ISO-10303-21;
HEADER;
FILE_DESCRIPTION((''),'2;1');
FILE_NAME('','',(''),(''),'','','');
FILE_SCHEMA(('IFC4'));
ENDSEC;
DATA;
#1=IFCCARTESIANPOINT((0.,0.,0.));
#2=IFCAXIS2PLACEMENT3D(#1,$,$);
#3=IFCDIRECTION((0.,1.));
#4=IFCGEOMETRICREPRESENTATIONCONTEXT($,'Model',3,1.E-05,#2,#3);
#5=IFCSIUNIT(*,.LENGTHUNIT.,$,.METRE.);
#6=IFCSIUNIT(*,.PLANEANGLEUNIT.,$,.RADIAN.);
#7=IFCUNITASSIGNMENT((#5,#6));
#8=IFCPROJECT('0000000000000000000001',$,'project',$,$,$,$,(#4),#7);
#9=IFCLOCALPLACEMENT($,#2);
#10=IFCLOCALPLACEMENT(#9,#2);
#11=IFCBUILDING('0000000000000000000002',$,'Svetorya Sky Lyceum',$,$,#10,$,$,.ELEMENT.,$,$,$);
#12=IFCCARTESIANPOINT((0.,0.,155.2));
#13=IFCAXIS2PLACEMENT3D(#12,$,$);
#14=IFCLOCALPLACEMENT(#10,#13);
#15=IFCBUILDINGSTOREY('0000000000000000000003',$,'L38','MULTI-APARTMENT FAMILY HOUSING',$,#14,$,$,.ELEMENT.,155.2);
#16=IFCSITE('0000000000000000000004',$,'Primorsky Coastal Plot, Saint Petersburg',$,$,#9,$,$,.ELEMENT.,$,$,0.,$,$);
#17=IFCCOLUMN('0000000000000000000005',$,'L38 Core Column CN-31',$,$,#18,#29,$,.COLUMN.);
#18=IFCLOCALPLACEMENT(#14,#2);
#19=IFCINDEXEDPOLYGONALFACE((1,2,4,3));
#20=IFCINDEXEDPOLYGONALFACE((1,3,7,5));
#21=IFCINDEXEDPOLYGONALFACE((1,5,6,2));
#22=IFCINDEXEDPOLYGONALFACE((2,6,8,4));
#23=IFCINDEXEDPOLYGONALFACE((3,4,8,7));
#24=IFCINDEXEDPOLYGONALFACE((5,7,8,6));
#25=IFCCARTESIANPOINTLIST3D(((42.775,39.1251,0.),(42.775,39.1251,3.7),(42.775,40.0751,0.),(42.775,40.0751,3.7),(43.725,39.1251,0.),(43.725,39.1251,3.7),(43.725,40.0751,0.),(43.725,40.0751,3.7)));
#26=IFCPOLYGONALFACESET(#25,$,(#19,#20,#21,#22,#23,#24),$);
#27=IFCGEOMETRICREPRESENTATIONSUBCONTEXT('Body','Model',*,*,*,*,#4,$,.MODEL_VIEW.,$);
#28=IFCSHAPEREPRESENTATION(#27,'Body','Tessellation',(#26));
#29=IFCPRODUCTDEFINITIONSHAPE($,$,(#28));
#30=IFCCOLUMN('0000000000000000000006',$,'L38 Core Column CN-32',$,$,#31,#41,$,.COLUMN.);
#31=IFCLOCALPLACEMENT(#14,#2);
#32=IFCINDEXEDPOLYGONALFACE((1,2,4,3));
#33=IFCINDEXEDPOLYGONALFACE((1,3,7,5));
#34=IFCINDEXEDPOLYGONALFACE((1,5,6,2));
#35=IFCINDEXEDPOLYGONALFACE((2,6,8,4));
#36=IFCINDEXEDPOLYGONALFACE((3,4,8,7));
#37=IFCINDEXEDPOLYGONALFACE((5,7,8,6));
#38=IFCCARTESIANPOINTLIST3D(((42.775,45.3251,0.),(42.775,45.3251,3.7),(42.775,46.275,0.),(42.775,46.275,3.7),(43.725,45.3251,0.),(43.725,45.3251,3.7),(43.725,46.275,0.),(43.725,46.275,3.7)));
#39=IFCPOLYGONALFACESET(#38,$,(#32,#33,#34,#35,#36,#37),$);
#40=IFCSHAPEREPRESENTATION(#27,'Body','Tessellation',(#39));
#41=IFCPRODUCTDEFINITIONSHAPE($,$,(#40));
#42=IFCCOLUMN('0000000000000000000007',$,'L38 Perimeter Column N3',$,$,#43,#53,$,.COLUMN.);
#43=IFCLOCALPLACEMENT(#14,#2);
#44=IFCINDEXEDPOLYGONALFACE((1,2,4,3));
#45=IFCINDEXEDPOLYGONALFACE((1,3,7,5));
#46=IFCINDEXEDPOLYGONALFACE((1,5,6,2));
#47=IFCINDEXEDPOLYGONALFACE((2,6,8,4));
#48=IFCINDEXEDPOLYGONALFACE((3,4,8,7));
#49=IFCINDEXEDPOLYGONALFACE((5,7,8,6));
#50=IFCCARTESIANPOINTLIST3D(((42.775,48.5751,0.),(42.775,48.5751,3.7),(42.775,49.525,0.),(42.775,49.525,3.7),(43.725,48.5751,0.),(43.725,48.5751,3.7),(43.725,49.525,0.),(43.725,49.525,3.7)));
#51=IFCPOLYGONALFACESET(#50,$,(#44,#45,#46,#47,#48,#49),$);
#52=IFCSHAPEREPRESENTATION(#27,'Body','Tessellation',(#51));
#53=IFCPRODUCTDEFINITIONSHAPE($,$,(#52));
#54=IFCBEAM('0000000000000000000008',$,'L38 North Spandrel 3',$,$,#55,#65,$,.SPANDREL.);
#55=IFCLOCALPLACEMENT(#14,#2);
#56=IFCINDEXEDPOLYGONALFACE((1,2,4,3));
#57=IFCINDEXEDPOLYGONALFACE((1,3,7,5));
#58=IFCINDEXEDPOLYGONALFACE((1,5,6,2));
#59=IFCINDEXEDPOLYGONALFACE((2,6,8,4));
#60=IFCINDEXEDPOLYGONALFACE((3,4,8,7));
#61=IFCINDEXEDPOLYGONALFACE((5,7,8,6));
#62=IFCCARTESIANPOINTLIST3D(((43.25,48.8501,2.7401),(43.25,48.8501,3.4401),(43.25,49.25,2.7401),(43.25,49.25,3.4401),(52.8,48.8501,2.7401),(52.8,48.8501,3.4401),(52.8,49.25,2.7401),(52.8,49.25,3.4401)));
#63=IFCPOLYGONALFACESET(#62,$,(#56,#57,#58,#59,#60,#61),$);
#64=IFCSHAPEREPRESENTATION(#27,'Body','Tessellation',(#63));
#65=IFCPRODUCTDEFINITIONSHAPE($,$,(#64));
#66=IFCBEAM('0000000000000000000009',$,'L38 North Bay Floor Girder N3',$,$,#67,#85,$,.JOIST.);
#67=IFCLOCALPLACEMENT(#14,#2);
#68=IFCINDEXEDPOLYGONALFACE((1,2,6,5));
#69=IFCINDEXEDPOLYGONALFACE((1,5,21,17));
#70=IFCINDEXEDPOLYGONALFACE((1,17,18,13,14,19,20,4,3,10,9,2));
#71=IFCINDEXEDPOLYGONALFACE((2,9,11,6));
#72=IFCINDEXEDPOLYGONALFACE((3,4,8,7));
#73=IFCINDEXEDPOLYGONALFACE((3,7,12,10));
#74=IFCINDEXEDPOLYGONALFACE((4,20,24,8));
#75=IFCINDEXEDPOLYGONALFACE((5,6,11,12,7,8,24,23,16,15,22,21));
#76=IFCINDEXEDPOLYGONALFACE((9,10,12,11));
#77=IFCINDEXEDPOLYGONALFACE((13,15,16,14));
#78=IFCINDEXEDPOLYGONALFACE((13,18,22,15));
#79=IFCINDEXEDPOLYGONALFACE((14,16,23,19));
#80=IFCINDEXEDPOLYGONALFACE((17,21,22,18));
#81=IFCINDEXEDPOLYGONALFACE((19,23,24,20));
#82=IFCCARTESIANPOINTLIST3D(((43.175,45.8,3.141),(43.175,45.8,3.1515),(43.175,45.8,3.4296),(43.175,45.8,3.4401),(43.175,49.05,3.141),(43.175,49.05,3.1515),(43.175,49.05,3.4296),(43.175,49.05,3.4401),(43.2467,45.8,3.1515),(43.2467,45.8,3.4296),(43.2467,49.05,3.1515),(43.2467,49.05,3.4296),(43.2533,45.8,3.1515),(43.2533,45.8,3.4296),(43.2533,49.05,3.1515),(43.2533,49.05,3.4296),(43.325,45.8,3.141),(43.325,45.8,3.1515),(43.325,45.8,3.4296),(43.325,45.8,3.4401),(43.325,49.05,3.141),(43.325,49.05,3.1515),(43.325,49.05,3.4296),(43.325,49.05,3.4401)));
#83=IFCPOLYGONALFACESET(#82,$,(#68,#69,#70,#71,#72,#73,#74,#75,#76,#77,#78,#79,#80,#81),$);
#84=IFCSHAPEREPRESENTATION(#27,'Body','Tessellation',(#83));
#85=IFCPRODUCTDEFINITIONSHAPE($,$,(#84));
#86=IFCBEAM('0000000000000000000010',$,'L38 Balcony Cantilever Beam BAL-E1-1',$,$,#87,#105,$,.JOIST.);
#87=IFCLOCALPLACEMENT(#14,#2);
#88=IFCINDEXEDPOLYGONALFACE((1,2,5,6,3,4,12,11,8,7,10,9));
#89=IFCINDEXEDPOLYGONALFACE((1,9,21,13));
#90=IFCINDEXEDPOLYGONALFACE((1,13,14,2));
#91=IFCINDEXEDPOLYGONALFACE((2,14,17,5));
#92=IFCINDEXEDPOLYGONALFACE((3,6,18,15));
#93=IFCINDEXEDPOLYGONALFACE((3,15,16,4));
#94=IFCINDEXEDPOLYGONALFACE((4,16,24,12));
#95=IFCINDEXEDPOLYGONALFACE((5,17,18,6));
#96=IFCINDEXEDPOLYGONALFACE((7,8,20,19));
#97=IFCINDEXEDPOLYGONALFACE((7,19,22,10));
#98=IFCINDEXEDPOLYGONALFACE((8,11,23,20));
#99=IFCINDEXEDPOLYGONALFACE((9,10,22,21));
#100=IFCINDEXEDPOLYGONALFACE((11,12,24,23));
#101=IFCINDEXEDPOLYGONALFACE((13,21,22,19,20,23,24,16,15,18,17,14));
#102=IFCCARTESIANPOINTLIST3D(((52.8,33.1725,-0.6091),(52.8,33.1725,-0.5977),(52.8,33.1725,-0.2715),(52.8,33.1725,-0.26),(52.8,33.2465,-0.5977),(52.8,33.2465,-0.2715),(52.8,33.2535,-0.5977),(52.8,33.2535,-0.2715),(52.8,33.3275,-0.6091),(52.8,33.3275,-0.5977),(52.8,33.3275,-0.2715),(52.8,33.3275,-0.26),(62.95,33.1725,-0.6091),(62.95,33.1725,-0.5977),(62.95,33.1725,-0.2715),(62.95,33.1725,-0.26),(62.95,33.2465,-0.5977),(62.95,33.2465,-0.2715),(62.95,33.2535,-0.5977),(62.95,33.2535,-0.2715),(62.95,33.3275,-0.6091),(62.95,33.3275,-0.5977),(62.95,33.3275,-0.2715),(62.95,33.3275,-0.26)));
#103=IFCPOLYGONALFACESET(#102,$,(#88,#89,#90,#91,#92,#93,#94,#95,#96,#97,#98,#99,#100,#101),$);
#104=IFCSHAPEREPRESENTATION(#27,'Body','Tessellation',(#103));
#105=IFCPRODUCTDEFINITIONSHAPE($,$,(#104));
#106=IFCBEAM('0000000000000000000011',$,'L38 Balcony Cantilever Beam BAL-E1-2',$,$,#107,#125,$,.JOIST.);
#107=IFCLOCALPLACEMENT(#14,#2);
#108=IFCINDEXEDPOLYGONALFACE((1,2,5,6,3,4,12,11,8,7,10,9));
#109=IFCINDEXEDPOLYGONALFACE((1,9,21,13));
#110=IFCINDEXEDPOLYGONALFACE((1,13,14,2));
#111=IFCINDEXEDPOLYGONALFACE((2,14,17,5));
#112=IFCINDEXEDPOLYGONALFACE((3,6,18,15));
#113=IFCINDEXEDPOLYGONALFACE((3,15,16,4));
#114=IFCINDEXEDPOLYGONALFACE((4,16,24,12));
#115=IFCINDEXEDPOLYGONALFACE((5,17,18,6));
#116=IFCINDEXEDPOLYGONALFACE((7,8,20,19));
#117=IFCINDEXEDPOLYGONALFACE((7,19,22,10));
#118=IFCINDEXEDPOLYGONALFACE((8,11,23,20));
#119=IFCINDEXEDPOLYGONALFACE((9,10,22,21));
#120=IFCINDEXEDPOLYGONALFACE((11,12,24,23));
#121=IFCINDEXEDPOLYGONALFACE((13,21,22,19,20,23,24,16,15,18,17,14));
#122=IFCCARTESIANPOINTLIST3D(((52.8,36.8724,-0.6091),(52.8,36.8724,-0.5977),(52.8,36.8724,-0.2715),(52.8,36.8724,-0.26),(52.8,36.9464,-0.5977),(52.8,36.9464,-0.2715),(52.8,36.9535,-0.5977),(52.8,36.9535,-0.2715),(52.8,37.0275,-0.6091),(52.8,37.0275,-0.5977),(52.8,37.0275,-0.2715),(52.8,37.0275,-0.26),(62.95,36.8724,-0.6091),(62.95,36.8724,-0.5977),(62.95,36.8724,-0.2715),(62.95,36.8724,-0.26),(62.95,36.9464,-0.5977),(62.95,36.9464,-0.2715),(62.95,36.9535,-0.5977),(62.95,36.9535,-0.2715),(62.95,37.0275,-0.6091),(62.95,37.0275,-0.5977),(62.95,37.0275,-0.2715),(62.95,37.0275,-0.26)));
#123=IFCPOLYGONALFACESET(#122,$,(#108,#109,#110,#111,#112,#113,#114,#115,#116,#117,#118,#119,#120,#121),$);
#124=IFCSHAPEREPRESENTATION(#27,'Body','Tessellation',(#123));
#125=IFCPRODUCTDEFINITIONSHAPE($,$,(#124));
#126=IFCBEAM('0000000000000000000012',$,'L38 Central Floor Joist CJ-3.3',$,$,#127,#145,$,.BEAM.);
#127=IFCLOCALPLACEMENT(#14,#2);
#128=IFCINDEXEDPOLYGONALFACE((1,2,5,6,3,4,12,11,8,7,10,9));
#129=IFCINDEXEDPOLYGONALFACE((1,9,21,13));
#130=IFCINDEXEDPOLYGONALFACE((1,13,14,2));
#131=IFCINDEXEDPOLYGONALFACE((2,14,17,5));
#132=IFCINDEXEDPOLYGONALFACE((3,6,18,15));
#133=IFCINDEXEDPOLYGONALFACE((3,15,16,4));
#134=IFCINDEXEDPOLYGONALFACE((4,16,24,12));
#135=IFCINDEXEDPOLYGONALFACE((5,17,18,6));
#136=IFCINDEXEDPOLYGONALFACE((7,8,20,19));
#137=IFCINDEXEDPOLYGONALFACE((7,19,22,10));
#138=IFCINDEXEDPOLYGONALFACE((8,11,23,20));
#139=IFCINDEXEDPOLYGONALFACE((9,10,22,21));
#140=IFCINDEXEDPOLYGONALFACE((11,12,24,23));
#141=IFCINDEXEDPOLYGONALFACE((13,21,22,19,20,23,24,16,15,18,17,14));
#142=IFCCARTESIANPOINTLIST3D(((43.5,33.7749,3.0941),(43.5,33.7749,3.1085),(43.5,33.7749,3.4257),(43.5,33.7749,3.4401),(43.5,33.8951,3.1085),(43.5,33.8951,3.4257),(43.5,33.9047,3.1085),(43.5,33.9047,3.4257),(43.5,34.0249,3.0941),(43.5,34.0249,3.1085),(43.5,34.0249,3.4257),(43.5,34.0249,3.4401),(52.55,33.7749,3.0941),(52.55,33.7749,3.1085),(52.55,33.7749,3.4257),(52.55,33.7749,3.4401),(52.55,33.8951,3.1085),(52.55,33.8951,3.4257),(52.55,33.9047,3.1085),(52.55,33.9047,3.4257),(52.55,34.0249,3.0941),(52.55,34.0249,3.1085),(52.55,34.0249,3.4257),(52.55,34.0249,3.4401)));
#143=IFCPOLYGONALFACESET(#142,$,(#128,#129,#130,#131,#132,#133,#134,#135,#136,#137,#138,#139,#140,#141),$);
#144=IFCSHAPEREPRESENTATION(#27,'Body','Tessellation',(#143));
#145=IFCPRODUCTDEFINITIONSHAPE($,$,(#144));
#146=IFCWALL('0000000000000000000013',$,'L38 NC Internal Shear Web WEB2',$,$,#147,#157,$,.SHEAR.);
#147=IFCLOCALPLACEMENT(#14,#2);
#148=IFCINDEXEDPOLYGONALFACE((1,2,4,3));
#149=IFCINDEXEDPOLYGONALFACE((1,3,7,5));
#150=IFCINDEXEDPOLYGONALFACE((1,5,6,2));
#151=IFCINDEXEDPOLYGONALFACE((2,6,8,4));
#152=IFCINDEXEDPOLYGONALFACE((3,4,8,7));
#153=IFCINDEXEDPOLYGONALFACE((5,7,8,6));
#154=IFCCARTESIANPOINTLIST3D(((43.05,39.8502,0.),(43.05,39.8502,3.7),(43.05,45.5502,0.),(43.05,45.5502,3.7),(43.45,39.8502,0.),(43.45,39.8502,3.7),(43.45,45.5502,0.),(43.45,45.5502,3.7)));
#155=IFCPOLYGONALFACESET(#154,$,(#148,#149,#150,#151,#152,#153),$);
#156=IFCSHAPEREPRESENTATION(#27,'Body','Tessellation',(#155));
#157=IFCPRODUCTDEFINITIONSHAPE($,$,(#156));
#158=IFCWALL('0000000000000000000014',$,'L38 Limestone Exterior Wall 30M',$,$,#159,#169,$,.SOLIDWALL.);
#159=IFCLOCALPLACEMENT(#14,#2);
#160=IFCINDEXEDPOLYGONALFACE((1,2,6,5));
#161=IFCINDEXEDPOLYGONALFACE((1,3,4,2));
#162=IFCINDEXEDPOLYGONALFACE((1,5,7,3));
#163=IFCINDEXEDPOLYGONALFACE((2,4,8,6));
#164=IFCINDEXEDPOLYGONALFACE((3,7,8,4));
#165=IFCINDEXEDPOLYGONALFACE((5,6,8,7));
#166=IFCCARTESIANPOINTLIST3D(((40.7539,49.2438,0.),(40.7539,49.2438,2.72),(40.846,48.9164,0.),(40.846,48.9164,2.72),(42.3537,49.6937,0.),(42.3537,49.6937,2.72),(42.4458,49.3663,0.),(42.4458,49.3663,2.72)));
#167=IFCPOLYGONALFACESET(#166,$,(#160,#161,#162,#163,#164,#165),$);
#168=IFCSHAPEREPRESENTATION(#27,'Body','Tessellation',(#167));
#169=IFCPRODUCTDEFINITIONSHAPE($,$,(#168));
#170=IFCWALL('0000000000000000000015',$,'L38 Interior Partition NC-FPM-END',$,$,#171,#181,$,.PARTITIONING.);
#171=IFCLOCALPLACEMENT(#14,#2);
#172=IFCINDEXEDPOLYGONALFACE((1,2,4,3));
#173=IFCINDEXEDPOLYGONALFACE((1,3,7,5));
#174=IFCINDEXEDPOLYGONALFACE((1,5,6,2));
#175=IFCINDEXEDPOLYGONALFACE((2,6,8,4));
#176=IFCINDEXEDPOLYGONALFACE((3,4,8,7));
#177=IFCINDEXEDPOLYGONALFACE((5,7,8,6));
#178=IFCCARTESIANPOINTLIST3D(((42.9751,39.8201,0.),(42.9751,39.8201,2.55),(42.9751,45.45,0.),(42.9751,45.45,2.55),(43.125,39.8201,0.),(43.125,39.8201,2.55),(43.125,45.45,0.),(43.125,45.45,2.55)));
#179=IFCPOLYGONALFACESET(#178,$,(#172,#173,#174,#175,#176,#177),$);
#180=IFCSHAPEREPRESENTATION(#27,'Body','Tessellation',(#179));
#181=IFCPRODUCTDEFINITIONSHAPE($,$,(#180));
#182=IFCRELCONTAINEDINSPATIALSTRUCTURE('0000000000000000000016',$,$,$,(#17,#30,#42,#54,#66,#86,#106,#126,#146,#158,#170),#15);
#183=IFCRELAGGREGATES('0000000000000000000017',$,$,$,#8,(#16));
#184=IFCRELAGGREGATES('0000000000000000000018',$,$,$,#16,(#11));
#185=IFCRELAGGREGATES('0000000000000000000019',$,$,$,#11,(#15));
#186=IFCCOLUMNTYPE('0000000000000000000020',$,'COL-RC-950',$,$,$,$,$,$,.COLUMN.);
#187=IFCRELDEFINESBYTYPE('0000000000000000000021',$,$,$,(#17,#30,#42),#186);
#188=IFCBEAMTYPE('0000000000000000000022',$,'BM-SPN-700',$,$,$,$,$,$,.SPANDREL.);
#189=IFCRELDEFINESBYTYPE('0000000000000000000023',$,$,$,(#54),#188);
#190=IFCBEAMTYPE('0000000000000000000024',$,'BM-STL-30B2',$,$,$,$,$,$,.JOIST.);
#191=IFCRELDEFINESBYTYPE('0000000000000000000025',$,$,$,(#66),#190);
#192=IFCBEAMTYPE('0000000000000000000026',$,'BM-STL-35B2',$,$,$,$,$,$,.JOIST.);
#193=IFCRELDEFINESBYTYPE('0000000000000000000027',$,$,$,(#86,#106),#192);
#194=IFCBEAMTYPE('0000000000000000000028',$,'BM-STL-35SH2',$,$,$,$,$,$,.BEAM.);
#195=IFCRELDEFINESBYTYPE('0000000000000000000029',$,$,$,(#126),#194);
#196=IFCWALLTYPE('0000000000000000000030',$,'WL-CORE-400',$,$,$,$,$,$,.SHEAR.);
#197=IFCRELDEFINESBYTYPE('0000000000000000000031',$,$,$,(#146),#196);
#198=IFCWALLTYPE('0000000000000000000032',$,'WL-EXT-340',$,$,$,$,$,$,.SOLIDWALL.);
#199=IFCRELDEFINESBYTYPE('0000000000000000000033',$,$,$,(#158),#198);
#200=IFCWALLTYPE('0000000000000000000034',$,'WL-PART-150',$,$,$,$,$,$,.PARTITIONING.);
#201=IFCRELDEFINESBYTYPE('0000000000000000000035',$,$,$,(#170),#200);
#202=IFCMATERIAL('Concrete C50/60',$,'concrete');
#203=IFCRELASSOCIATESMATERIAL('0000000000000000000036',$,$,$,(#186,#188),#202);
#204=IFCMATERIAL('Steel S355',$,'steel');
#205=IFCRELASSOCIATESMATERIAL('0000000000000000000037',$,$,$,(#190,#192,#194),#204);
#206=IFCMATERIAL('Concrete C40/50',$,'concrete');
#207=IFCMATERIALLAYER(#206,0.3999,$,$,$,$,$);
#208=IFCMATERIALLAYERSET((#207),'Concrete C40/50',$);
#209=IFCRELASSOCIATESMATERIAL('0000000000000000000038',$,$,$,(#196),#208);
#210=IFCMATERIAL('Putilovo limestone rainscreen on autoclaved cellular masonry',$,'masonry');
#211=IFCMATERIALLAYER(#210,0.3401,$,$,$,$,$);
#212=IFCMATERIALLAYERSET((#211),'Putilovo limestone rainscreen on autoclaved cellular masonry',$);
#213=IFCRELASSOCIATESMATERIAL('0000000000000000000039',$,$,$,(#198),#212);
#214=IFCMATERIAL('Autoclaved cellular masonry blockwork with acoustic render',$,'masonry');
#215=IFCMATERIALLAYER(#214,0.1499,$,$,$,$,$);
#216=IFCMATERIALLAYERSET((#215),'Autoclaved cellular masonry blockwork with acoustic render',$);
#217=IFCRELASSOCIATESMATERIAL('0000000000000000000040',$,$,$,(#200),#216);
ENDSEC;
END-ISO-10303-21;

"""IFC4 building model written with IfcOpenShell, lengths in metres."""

from ifc_helpers import new_model, si_unit, direction, frame, frame_2d, origin, origin_2d, place, context, subcontext, project, spatial, rectangle, i_section, extrude, material, layer, layer_set, material_profile, profile_set, type_object, element, save


model = new_model("IFC4")

# Units and contexts
model_context = context("Model", 3, precision=1e-05, world=origin(), true_north=direction((0.0, 1.0)))
body_context = subcontext(model_context, "Body", "Model", "MODEL_VIEW")
ifc_project = project(units=[si_unit("LENGTHUNIT", "METRE"), si_unit("PLANEANGLEUNIT", "RADIAN")], contexts=[model_context])

# Site, building, storey
site_placement = place(None, origin())
site = spatial("IfcSite", under=ifc_project, at=site_placement, Name="Primorsky Coastal Plot, Saint Petersburg", CompositionType="ELEMENT", RefElevation=0.0)
building_placement = place(site_placement, origin())
building = spatial("IfcBuilding", under=site, at=building_placement, Name="Svetorya Sky Lyceum", CompositionType="ELEMENT")
storey_placement = place(building_placement, frame((0.0, 0.0, 155.2)))
storey = spatial("IfcBuildingStorey", under=building, at=storey_placement, Name="L38", Description="MULTI-APARTMENT FAMILY HOUSING", CompositionType="ELEMENT", Elevation=155.2)

# Columns
ifc_material_1 = material(Name="Concrete C50/60", Category="concrete")
ifc_material_profile_1 = material_profile(ifc_material_1, rectangle(XDim=0.95, YDim=0.95, at=origin_2d()), Name="RC COL 950x950")
ifc_profile_set_1 = profile_set([ifc_material_profile_1], Name="Concrete C50/60")
column_type = type_object("IfcColumnType", Name="COL-RC-950", PredefinedType="COLUMN", material=ifc_profile_set_1)
for number, where, z_axis, x_axis, name in (
    (1, (43.25, 39.6001, 0.0), (0.0, 0.0, 1.0), (1.0, 0.0, 0.0), "L38 Core Column CN-31"),
    (2, (43.25, 45.8, 0.0), (0.0, 0.0, 1.0), (1.0, 0.0, 0.0), "L38 Core Column CN-32"),
    (3, (43.25, 49.05, 0.0), (0.0, 0.0, 1.0), (1.0, 0.0, 0.0), "L38 Perimeter Column N3"),
):
    element("IfcColumn", number, at=place(storey_placement, frame(where, z_axis=z_axis, x_axis=x_axis)), inside=storey, type_object=column_type, Name=name, PredefinedType="COLUMN", context=body_context, shape_type="SweptSolid", body=[
        extrude(rectangle(XDim=0.95, YDim=0.95, at=origin_2d()), origin(), (0.0, 0.0, 1.0), 3.7),
    ])

# Beams
ifc_material_profile_2 = material_profile(ifc_material_1, rectangle(XDim=0.3999, YDim=0.7, at=origin_2d()), Name="RC SPANDREL 400x700")
ifc_profile_set_2 = profile_set([ifc_material_profile_2], Name="Concrete C50/60")
beam_type_1 = type_object("IfcBeamType", Name="BM-SPN-700", PredefinedType="SPANDREL", material=ifc_profile_set_2)
beam_1_placement = place(storey_placement, frame((43.25, 49.05, 3.0901), z_axis=(1.0, 0.0, 0.0), x_axis=(0.0, 1.0, 0.0)))
element("IfcBeam", 4, at=beam_1_placement, inside=storey, type_object=beam_type_1, Name="L38 North Spandrel 3", PredefinedType="SPANDREL", context=body_context, shape_type="SweptSolid", body=[
    extrude(rectangle(XDim=0.3999, YDim=0.7, at=origin_2d()), origin(), (0.0, 0.0, 1.0), 9.55),
])
ifc_material_2 = material(Name="Steel S355", Category="steel")
ifc_material_profile_3 = material_profile(ifc_material_2, i_section(OverallWidth=0.1499, OverallDepth=0.2991, WebThickness=0.0066, FlangeThickness=0.0105, at=origin_2d()), Name="GOST 30B2")
ifc_profile_set_3 = profile_set([ifc_material_profile_3], Name="Steel S355")
beam_type_2 = type_object("IfcBeamType", Name="BM-STL-30B2", PredefinedType="JOIST", material=ifc_profile_set_3)
beam_2_placement = place(storey_placement, frame((43.25, 45.8, 3.2905), z_axis=(0.0, 1.0, 0.0), x_axis=(-1.0, 0.0, 0.0)))
element("IfcBeam", 5, at=beam_2_placement, inside=storey, type_object=beam_type_2, Name="L38 North Bay Floor Girder N3", PredefinedType="JOIST", context=body_context, shape_type="SweptSolid", body=[
    extrude(i_section(OverallWidth=0.1499, OverallDepth=0.2991, WebThickness=0.0066, FlangeThickness=0.0105, at=origin_2d()), origin(), (0.0, 0.0, 1.0), 3.25),
])
ifc_material_profile_4 = material_profile(ifc_material_2, i_section(OverallWidth=0.155, OverallDepth=0.3491, WebThickness=0.0071, FlangeThickness=0.0115, at=origin_2d()), Name="GOST 35B2")
ifc_profile_set_4 = profile_set([ifc_material_profile_4], Name="Steel S355")
beam_type_3 = type_object("IfcBeamType", Name="BM-STL-35B2", PredefinedType="JOIST", material=ifc_profile_set_4)
for number, where, z_axis, x_axis, name in (
    (6, (52.8, 33.25, -0.4346), (1.0, 0.0, 0.0), (0.0, 1.0, 0.0), "L38 Balcony Cantilever Beam BAL-E1-1"),
    (7, (52.8, 36.95, -0.4346), (1.0, 0.0, 0.0), (0.0, 1.0, 0.0), "L38 Balcony Cantilever Beam BAL-E1-2"),
):
    element("IfcBeam", number, at=place(storey_placement, frame(where, z_axis=z_axis, x_axis=x_axis)), inside=storey, type_object=beam_type_3, Name=name, PredefinedType="JOIST", context=body_context, shape_type="SweptSolid", body=[
        extrude(i_section(OverallWidth=0.155, OverallDepth=0.3491, WebThickness=0.0071, FlangeThickness=0.0115, at=origin_2d()), origin(), (0.0, 0.0, 1.0), 10.1499),
    ])
ifc_material_profile_5 = material_profile(ifc_material_2, i_section(OverallWidth=0.25, OverallDepth=0.3459, WebThickness=0.0095, FlangeThickness=0.0144, at=origin_2d()), Name="GOST 35Sh2")
ifc_profile_set_5 = profile_set([ifc_material_profile_5], Name="Steel S355")
beam_type_4 = type_object("IfcBeamType", Name="BM-STL-35SH2", PredefinedType="BEAM", material=ifc_profile_set_5)
beam_3_placement = place(storey_placement, frame((43.5, 33.8999, 3.2671), z_axis=(1.0, 0.0, 0.0), x_axis=(0.0, 1.0, 0.0)))
element("IfcBeam", 8, at=beam_3_placement, inside=storey, type_object=beam_type_4, Name="L38 Central Floor Joist CJ-3.3", PredefinedType="BEAM", context=body_context, shape_type="SweptSolid", body=[
    extrude(i_section(OverallWidth=0.25, OverallDepth=0.3459, WebThickness=0.0095, FlangeThickness=0.0144, at=origin_2d()), origin(), (0.0, 0.0, 1.0), 9.05),
])

# Walls
ifc_material_3 = material(Name="Concrete C40/50", Category="concrete")
ifc_layer_1 = layer(ifc_material_3, 0.3999)
ifc_layer_set_1 = layer_set([ifc_layer_1], Name="Concrete C40/50")
wall_type_1 = type_object("IfcWallType", Name="WL-CORE-400", PredefinedType="SHEAR", material=ifc_layer_set_1)
wall_1_placement = place(storey_placement, frame((43.25, 39.8501, 0.0), z_axis=(0.0, 0.0, 1.0), x_axis=(0.0, 1.0, 0.0)))
element("IfcWall", 9, at=wall_1_placement, inside=storey, type_object=wall_type_1, Name="L38 NC Internal Shear Web WEB2", PredefinedType="SHEAR", context=body_context, shape_type="SweptSolid", body=[
    extrude(rectangle(XDim=5.7, YDim=0.3999, at=frame_2d((2.8501, 0.0))), origin(), (0.0, 0.0, 1.0), 3.7),
])
ifc_material_4 = material(Name="Putilovo limestone rainscreen on autoclaved cellular masonry", Category="masonry")
ifc_layer_2 = layer(ifc_material_4, 0.3401)
ifc_layer_set_2 = layer_set([ifc_layer_2], Name="Putilovo limestone rainscreen on autoclaved cellular masonry")
wall_type_2 = type_object("IfcWallType", Name="WL-EXT-340", PredefinedType="SOLIDWALL", material=ifc_layer_set_2)
wall_2_placement = place(storey_placement, frame((42.3999, 49.53, 0.0), z_axis=(0.0, 0.0, 1.0), x_axis=(-0.962652, -0.270741, 0.0)))
element("IfcWall", 10, at=wall_2_placement, inside=storey, type_object=wall_type_2, Name="L38 Limestone Exterior Wall 30M", PredefinedType="SOLIDWALL", context=body_context, shape_type="SweptSolid", body=[
    extrude(rectangle(XDim=1.6619, YDim=0.3401, at=frame_2d((0.8311, 0.0))), origin(), (0.0, 0.0, 1.0), 2.72),
])
ifc_material_5 = material(Name="Autoclaved cellular masonry blockwork with acoustic render", Category="masonry")
ifc_layer_3 = layer(ifc_material_5, 0.1499)
ifc_layer_set_3 = layer_set([ifc_layer_3], Name="Autoclaved cellular masonry blockwork with acoustic render")
wall_type_3 = type_object("IfcWallType", Name="WL-PART-150", PredefinedType="PARTITIONING", material=ifc_layer_set_3)
for number, where, z_axis, x_axis, name in (
    (11, (43.05, 39.8201, 0.0), (0.0, 0.0, 1.0), (0.0, 1.0, 0.0), "L38 Interior Partition NC-FPM-END"),
):
    element("IfcWall", number, at=place(storey_placement, frame(where, z_axis=z_axis, x_axis=x_axis)), inside=storey, type_object=wall_type_3, Name=name, PredefinedType="PARTITIONING", context=body_context, shape_type="SweptSolid", body=[
        extrude(rectangle(XDim=5.6299, YDim=0.1499, at=frame_2d((2.8149, 0.0))), origin(), (0.0, 0.0, 1.0), 2.55),
    ])

save(model, "model.ifc")
